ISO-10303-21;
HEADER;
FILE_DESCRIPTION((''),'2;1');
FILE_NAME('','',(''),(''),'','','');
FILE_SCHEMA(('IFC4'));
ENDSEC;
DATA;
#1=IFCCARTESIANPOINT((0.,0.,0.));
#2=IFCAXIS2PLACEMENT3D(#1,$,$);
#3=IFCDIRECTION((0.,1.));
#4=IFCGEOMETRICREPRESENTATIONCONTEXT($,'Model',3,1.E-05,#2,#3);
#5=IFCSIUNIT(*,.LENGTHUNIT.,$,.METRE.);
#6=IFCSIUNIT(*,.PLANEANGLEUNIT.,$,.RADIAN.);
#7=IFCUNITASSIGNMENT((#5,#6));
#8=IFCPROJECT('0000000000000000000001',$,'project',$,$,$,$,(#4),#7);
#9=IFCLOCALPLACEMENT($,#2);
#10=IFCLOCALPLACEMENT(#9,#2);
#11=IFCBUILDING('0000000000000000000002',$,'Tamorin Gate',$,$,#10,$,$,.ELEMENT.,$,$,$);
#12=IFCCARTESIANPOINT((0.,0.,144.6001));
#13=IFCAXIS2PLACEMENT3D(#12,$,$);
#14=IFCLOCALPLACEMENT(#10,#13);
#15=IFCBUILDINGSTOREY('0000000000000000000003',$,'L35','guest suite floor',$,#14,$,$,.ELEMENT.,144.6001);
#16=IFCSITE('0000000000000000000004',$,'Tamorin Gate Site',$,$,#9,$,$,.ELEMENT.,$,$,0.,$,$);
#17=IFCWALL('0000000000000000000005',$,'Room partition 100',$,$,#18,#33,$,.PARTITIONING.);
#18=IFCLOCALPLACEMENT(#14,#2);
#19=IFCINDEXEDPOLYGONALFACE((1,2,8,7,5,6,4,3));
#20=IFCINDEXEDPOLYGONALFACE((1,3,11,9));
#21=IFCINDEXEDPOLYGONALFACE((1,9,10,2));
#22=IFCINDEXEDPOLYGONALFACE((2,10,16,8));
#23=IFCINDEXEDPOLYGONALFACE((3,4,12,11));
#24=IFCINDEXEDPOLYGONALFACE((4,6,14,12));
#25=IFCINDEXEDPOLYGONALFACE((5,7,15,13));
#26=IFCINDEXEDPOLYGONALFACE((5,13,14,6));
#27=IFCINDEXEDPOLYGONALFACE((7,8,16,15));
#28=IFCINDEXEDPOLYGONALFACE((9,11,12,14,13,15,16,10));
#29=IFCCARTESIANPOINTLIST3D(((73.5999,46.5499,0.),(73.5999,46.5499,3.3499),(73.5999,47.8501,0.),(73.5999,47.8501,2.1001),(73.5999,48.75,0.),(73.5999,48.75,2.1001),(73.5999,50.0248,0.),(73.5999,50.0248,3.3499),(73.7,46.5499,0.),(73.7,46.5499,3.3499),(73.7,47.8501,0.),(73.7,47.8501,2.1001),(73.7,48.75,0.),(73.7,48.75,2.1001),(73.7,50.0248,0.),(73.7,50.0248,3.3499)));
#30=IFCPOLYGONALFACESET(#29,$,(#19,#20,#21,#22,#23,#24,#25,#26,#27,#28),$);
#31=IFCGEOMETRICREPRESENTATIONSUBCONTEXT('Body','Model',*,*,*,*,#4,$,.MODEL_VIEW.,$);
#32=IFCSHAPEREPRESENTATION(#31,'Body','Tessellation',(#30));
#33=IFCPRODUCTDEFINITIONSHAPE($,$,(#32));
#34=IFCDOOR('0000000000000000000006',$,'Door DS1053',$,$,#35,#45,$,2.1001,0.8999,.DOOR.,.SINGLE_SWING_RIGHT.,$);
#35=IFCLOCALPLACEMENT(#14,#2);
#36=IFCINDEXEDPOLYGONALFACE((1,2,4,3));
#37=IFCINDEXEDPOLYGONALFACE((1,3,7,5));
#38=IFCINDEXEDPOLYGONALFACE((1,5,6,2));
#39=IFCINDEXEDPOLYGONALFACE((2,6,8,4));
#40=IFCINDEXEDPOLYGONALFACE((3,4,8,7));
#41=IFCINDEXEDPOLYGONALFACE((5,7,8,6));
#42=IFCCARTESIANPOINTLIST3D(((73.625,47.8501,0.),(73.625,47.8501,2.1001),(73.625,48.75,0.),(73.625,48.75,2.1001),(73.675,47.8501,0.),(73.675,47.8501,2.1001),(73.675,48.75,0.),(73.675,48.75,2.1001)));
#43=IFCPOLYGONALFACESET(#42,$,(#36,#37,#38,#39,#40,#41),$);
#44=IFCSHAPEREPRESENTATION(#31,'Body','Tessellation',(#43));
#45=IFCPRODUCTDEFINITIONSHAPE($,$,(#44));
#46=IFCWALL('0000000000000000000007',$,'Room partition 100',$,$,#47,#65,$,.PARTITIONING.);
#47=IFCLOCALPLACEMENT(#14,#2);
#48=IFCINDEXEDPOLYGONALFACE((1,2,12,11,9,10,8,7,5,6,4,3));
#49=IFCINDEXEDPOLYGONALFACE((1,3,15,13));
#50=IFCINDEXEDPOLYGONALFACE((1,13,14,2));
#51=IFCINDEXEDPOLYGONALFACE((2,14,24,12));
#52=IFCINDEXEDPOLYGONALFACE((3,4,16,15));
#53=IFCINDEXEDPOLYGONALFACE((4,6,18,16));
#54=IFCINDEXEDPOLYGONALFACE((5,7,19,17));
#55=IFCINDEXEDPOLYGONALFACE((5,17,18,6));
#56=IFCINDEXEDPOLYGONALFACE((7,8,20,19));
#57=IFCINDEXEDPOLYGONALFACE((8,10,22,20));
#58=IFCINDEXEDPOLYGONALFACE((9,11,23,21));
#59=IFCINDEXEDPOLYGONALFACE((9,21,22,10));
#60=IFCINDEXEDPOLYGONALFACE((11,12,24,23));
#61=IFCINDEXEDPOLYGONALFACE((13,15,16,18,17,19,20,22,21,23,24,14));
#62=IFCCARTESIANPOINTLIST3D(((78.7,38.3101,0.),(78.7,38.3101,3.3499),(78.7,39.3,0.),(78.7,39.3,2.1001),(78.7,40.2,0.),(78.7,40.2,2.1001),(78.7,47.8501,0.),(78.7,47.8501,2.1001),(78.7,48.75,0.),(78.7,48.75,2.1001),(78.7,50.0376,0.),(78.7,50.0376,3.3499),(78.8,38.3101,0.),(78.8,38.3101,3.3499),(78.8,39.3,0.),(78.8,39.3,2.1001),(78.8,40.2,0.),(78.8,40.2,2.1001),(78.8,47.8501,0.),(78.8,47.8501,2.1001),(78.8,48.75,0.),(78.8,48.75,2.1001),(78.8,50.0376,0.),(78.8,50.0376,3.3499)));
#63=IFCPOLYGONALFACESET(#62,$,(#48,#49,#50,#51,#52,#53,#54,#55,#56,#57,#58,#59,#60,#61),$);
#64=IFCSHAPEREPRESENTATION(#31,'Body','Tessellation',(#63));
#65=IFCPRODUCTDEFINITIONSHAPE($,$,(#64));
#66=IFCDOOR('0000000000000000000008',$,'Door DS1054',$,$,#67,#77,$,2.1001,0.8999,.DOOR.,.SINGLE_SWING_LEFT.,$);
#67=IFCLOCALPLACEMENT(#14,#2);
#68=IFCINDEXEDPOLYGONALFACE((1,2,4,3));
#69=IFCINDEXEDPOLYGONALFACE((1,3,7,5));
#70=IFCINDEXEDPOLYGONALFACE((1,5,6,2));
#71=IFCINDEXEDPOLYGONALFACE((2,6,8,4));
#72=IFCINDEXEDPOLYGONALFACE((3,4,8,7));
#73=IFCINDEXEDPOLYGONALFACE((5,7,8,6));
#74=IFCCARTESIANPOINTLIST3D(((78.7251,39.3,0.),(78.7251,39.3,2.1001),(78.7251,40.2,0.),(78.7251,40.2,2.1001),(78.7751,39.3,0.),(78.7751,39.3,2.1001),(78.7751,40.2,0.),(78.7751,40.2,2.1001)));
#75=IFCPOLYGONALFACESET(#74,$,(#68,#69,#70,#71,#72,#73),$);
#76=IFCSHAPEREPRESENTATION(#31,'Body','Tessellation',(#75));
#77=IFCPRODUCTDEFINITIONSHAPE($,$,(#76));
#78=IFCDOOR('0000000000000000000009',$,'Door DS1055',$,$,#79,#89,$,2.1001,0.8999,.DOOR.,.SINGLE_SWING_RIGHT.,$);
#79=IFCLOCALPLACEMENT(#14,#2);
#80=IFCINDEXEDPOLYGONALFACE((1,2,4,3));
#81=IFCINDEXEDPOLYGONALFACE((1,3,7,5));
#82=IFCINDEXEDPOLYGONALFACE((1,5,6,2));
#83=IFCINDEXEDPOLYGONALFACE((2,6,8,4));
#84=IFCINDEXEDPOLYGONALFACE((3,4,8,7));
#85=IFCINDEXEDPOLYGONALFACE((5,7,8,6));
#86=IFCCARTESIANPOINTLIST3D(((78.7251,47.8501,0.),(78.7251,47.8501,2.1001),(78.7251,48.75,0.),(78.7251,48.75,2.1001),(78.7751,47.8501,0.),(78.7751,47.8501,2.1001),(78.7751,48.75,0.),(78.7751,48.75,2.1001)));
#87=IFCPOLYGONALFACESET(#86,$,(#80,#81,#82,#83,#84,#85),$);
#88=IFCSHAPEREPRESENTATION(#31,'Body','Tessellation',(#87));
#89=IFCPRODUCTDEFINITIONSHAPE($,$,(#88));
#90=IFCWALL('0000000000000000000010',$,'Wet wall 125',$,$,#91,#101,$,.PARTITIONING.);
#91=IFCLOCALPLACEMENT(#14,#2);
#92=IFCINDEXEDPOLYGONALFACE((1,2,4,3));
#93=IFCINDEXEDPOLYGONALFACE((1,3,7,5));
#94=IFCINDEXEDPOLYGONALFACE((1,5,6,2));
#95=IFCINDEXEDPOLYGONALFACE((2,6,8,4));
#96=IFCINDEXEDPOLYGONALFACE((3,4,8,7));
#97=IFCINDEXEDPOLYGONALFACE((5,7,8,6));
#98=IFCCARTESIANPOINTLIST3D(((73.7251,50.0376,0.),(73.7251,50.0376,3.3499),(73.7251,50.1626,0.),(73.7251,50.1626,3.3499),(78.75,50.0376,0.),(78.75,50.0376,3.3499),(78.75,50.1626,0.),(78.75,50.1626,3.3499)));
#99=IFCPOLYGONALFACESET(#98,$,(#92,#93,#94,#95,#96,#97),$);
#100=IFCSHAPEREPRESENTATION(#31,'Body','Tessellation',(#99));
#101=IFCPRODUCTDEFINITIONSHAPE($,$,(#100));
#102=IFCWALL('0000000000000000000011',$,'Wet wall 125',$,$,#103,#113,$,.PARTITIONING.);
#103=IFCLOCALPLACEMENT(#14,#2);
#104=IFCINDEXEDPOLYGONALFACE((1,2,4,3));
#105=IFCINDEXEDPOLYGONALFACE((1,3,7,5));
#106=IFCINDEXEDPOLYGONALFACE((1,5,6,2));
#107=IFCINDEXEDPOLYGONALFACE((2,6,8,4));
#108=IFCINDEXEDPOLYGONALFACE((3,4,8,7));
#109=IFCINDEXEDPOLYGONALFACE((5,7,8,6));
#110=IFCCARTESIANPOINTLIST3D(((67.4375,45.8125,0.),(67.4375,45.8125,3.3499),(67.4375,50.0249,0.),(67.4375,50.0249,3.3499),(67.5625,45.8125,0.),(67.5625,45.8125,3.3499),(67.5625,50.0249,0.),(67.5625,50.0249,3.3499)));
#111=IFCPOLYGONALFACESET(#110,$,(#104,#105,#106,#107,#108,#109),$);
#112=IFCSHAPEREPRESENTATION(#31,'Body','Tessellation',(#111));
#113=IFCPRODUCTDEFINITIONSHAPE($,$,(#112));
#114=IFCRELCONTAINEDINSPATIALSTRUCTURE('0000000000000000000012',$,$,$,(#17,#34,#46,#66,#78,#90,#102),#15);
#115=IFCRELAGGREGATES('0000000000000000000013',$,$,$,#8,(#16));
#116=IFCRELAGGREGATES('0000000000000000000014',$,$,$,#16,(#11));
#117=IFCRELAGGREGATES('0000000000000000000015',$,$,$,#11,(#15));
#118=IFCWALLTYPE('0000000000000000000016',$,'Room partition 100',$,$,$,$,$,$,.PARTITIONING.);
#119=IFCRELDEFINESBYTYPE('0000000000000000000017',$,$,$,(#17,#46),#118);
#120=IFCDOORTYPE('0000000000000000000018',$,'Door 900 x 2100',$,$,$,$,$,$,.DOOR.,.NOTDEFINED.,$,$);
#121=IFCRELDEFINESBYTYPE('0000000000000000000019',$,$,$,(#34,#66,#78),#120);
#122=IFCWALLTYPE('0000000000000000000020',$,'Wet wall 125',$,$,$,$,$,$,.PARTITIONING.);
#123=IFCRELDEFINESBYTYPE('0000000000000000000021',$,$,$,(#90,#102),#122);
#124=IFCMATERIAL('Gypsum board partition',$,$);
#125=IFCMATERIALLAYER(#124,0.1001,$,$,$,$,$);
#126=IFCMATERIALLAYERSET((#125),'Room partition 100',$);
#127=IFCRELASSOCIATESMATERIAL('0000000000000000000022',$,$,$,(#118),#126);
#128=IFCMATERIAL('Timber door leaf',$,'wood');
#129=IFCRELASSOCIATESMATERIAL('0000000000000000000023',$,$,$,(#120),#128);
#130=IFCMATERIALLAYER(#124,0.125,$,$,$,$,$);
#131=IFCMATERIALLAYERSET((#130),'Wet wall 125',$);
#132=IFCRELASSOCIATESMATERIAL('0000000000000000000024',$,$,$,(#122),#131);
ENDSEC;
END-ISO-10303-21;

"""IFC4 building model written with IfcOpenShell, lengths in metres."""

from ifc_helpers import new_model, si_unit, direction, frame, frame_2d, origin, place, context, subcontext, project, spatial, rectangle, extrude, material, layer, layer_set, type_object, element, fill, save


model = new_model("IFC4")

# Units and contexts
model_context = context("Model", 3, precision=1e-05, world=origin(), true_north=direction((0.0, 1.0)))
body_context = subcontext(model_context, "Body", "Model", "MODEL_VIEW")
ifc_project = project(units=[si_unit("LENGTHUNIT", "METRE"), si_unit("PLANEANGLEUNIT", "RADIAN")], contexts=[model_context])

# Site, building, storey
site_placement = place(None, origin())
site = spatial("IfcSite", under=ifc_project, at=site_placement, Name="Tamorin Gate Site", CompositionType="ELEMENT", RefElevation=0.0)
building_placement = place(site_placement, origin())
building = spatial("IfcBuilding", under=site, at=building_placement, Name="Tamorin Gate", CompositionType="ELEMENT")
storey_placement = place(building_placement, frame((0.0, 0.0, 144.6001)))
storey = spatial("IfcBuildingStorey", under=building, at=storey_placement, Name="L35", Description="guest suite floor", CompositionType="ELEMENT", Elevation=144.6001)

# Shared definitions
ifc_material_1 = material(Name="Gypsum board partition")

# Wall, opening, door
ifc_layer_1 = layer(ifc_material_1, 0.1001)
ifc_layer_set_1 = layer_set([ifc_layer_1], Name="Room partition 100")
wall_type_1 = type_object("IfcWallType", Name="Room partition 100", PredefinedType="PARTITIONING", material=ifc_layer_set_1)
ifc_material_2 = material(Name="Timber door leaf", Category="wood")
door_type = type_object("IfcDoorType", Name="Door 900 x 2100", OperationType="NOTDEFINED", PredefinedType="DOOR", material=ifc_material_2)
wall_1_placement = place(storey_placement, frame((73.6499, 46.55, 0.0), z_axis=(0.0, 0.0, 1.0), x_axis=(0.0, 1.0, 0.0)))
wall_1 = element("IfcWall", 1, at=wall_1_placement, inside=storey, type_object=wall_type_1, Name="Room partition 100", PredefinedType="PARTITIONING", context=body_context, shape_type="SweptSolid", body=[
    extrude(rectangle(XDim=3.4749, YDim=0.1001, at=frame_2d((1.7373, 0.0))), origin(), (0.0, 0.0, 1.0), 3.3499),
])
opening_1_placement = place(wall_1_placement, frame((1.3, 0.0, 0.0)))
opening_1 = element("IfcOpeningElement", 2, at=opening_1_placement, cuts=wall_1, PredefinedType="OPENING", context=body_context, shape_type="SweptSolid", body=[
    extrude(rectangle(XDim=0.8999, YDim=2.1001, at=frame_2d((0.45, 1.05))), frame((0.0, 0.0601, 0.0), z_axis=(0.0, -1.0, 0.0), x_axis=(1.0, 0.0, 0.0)), (0.0, 0.0, 1.0), 0.1201),
])
door_1_placement = place(opening_1_placement, origin())
door_1 = element("IfcDoor", 3, at=door_1_placement, inside=storey, type_object=door_type, Name="Door DS1053", OperationType="SINGLE_SWING_RIGHT", OverallHeight=2.1001, OverallWidth=0.8999, PredefinedType="DOOR", context=body_context, shape_type="SweptSolid", body=[
    extrude(rectangle(XDim=0.8999, YDim=2.1001, at=frame_2d((0.45, 1.05))), frame((0.0, 0.0249, 0.0), z_axis=(0.0, -1.0, 0.0), x_axis=(1.0, 0.0, 0.0)), (0.0, 0.0, 1.0), 0.05),
])
fill(opening_1, door_1)

# Wall, openings, doors
wall_2_placement = place(storey_placement, frame((78.75, 38.3101, 0.0), z_axis=(0.0, 0.0, 1.0), x_axis=(0.0, 1.0, 0.0)))
wall_2 = element("IfcWall", 4, at=wall_2_placement, inside=storey, type_object=wall_type_1, Name="Room partition 100", PredefinedType="PARTITIONING", context=body_context, shape_type="SweptSolid", body=[
    extrude(rectangle(XDim=11.7275, YDim=0.1001, at=frame_2d((5.8638, 0.0))), origin(), (0.0, 0.0, 1.0), 3.3499),
])
opening_2_placement = place(wall_2_placement, frame((0.99, 0.0, 0.0)))
opening_2 = element("IfcOpeningElement", 5, at=opening_2_placement, cuts=wall_2, PredefinedType="OPENING", context=body_context, shape_type="SweptSolid", body=[
    extrude(rectangle(XDim=0.8999, YDim=2.1001, at=frame_2d((0.45, 1.05))), frame((0.0, 0.0601, 0.0), z_axis=(0.0, -1.0, 0.0), x_axis=(1.0, 0.0, 0.0)), (0.0, 0.0, 1.0), 0.1201),
])
opening_3_placement = place(wall_2_placement, frame((9.54, 0.0, 0.0)))
opening_3 = element("IfcOpeningElement", 6, at=opening_3_placement, cuts=wall_2, PredefinedType="OPENING", context=body_context, shape_type="SweptSolid", body=[
    extrude(rectangle(XDim=0.8999, YDim=2.1001, at=frame_2d((0.45, 1.05))), frame((0.0, 0.0601, 0.0), z_axis=(0.0, -1.0, 0.0), x_axis=(1.0, 0.0, 0.0)), (0.0, 0.0, 1.0), 0.1201),
])
door_2_placement = place(opening_2_placement, origin())
door_2 = element("IfcDoor", 7, at=door_2_placement, inside=storey, type_object=door_type, Name="Door DS1054", OperationType="SINGLE_SWING_LEFT", OverallHeight=2.1001, OverallWidth=0.8999, PredefinedType="DOOR", context=body_context, shape_type="SweptSolid", body=[
    extrude(rectangle(XDim=0.8999, YDim=2.1001, at=frame_2d((0.45, 1.05))), frame((0.0, 0.0249, 0.0), z_axis=(0.0, -1.0, 0.0), x_axis=(1.0, 0.0, 0.0)), (0.0, 0.0, 1.0), 0.05),
])
fill(opening_2, door_2)
door_3_placement = place(opening_3_placement, origin())
door_3 = element("IfcDoor", 8, at=door_3_placement, inside=storey, type_object=door_type, Name="Door DS1055", OperationType="SINGLE_SWING_RIGHT", OverallHeight=2.1001, OverallWidth=0.8999, PredefinedType="DOOR", context=body_context, shape_type="SweptSolid", body=[
    extrude(rectangle(XDim=0.8999, YDim=2.1001, at=frame_2d((0.45, 1.05))), frame((0.0, 0.0249, 0.0), z_axis=(0.0, -1.0, 0.0), x_axis=(1.0, 0.0, 0.0)), (0.0, 0.0, 1.0), 0.05),
])
fill(opening_3, door_3)

# Walls
ifc_layer_2 = layer(ifc_material_1, 0.125)
ifc_layer_set_2 = layer_set([ifc_layer_2], Name="Wet wall 125")
wall_type_2 = type_object("IfcWallType", Name="Wet wall 125", PredefinedType="PARTITIONING", material=ifc_layer_set_2)
wall_3_placement = place(storey_placement, frame((73.7251, 50.1001, 0.0), z_axis=(0.0, 0.0, 1.0), x_axis=(1.0, 0.0, 0.0)))
element("IfcWall", 9, at=wall_3_placement, inside=storey, type_object=wall_type_2, Name="Wet wall 125", PredefinedType="PARTITIONING", context=body_context, shape_type="SweptSolid", body=[
    extrude(rectangle(XDim=5.0249, YDim=0.125, at=frame_2d((2.5125, 0.0))), origin(), (0.0, 0.0, 1.0), 3.3499),
])
wall_4_placement = place(storey_placement, frame((67.5, 45.8125, 0.0), z_axis=(0.0, 0.0, 1.0), x_axis=(0.0, 1.0, 0.0)))
element("IfcWall", 10, at=wall_4_placement, inside=storey, type_object=wall_type_2, Name="Wet wall 125", PredefinedType="PARTITIONING", context=body_context, shape_type="SweptSolid", body=[
    extrude(rectangle(XDim=4.2124, YDim=0.125, at=frame_2d((2.1062, 0.0))), origin(), (0.0, 0.0, 1.0), 3.3499),
])

save(model, "model.ifc")
